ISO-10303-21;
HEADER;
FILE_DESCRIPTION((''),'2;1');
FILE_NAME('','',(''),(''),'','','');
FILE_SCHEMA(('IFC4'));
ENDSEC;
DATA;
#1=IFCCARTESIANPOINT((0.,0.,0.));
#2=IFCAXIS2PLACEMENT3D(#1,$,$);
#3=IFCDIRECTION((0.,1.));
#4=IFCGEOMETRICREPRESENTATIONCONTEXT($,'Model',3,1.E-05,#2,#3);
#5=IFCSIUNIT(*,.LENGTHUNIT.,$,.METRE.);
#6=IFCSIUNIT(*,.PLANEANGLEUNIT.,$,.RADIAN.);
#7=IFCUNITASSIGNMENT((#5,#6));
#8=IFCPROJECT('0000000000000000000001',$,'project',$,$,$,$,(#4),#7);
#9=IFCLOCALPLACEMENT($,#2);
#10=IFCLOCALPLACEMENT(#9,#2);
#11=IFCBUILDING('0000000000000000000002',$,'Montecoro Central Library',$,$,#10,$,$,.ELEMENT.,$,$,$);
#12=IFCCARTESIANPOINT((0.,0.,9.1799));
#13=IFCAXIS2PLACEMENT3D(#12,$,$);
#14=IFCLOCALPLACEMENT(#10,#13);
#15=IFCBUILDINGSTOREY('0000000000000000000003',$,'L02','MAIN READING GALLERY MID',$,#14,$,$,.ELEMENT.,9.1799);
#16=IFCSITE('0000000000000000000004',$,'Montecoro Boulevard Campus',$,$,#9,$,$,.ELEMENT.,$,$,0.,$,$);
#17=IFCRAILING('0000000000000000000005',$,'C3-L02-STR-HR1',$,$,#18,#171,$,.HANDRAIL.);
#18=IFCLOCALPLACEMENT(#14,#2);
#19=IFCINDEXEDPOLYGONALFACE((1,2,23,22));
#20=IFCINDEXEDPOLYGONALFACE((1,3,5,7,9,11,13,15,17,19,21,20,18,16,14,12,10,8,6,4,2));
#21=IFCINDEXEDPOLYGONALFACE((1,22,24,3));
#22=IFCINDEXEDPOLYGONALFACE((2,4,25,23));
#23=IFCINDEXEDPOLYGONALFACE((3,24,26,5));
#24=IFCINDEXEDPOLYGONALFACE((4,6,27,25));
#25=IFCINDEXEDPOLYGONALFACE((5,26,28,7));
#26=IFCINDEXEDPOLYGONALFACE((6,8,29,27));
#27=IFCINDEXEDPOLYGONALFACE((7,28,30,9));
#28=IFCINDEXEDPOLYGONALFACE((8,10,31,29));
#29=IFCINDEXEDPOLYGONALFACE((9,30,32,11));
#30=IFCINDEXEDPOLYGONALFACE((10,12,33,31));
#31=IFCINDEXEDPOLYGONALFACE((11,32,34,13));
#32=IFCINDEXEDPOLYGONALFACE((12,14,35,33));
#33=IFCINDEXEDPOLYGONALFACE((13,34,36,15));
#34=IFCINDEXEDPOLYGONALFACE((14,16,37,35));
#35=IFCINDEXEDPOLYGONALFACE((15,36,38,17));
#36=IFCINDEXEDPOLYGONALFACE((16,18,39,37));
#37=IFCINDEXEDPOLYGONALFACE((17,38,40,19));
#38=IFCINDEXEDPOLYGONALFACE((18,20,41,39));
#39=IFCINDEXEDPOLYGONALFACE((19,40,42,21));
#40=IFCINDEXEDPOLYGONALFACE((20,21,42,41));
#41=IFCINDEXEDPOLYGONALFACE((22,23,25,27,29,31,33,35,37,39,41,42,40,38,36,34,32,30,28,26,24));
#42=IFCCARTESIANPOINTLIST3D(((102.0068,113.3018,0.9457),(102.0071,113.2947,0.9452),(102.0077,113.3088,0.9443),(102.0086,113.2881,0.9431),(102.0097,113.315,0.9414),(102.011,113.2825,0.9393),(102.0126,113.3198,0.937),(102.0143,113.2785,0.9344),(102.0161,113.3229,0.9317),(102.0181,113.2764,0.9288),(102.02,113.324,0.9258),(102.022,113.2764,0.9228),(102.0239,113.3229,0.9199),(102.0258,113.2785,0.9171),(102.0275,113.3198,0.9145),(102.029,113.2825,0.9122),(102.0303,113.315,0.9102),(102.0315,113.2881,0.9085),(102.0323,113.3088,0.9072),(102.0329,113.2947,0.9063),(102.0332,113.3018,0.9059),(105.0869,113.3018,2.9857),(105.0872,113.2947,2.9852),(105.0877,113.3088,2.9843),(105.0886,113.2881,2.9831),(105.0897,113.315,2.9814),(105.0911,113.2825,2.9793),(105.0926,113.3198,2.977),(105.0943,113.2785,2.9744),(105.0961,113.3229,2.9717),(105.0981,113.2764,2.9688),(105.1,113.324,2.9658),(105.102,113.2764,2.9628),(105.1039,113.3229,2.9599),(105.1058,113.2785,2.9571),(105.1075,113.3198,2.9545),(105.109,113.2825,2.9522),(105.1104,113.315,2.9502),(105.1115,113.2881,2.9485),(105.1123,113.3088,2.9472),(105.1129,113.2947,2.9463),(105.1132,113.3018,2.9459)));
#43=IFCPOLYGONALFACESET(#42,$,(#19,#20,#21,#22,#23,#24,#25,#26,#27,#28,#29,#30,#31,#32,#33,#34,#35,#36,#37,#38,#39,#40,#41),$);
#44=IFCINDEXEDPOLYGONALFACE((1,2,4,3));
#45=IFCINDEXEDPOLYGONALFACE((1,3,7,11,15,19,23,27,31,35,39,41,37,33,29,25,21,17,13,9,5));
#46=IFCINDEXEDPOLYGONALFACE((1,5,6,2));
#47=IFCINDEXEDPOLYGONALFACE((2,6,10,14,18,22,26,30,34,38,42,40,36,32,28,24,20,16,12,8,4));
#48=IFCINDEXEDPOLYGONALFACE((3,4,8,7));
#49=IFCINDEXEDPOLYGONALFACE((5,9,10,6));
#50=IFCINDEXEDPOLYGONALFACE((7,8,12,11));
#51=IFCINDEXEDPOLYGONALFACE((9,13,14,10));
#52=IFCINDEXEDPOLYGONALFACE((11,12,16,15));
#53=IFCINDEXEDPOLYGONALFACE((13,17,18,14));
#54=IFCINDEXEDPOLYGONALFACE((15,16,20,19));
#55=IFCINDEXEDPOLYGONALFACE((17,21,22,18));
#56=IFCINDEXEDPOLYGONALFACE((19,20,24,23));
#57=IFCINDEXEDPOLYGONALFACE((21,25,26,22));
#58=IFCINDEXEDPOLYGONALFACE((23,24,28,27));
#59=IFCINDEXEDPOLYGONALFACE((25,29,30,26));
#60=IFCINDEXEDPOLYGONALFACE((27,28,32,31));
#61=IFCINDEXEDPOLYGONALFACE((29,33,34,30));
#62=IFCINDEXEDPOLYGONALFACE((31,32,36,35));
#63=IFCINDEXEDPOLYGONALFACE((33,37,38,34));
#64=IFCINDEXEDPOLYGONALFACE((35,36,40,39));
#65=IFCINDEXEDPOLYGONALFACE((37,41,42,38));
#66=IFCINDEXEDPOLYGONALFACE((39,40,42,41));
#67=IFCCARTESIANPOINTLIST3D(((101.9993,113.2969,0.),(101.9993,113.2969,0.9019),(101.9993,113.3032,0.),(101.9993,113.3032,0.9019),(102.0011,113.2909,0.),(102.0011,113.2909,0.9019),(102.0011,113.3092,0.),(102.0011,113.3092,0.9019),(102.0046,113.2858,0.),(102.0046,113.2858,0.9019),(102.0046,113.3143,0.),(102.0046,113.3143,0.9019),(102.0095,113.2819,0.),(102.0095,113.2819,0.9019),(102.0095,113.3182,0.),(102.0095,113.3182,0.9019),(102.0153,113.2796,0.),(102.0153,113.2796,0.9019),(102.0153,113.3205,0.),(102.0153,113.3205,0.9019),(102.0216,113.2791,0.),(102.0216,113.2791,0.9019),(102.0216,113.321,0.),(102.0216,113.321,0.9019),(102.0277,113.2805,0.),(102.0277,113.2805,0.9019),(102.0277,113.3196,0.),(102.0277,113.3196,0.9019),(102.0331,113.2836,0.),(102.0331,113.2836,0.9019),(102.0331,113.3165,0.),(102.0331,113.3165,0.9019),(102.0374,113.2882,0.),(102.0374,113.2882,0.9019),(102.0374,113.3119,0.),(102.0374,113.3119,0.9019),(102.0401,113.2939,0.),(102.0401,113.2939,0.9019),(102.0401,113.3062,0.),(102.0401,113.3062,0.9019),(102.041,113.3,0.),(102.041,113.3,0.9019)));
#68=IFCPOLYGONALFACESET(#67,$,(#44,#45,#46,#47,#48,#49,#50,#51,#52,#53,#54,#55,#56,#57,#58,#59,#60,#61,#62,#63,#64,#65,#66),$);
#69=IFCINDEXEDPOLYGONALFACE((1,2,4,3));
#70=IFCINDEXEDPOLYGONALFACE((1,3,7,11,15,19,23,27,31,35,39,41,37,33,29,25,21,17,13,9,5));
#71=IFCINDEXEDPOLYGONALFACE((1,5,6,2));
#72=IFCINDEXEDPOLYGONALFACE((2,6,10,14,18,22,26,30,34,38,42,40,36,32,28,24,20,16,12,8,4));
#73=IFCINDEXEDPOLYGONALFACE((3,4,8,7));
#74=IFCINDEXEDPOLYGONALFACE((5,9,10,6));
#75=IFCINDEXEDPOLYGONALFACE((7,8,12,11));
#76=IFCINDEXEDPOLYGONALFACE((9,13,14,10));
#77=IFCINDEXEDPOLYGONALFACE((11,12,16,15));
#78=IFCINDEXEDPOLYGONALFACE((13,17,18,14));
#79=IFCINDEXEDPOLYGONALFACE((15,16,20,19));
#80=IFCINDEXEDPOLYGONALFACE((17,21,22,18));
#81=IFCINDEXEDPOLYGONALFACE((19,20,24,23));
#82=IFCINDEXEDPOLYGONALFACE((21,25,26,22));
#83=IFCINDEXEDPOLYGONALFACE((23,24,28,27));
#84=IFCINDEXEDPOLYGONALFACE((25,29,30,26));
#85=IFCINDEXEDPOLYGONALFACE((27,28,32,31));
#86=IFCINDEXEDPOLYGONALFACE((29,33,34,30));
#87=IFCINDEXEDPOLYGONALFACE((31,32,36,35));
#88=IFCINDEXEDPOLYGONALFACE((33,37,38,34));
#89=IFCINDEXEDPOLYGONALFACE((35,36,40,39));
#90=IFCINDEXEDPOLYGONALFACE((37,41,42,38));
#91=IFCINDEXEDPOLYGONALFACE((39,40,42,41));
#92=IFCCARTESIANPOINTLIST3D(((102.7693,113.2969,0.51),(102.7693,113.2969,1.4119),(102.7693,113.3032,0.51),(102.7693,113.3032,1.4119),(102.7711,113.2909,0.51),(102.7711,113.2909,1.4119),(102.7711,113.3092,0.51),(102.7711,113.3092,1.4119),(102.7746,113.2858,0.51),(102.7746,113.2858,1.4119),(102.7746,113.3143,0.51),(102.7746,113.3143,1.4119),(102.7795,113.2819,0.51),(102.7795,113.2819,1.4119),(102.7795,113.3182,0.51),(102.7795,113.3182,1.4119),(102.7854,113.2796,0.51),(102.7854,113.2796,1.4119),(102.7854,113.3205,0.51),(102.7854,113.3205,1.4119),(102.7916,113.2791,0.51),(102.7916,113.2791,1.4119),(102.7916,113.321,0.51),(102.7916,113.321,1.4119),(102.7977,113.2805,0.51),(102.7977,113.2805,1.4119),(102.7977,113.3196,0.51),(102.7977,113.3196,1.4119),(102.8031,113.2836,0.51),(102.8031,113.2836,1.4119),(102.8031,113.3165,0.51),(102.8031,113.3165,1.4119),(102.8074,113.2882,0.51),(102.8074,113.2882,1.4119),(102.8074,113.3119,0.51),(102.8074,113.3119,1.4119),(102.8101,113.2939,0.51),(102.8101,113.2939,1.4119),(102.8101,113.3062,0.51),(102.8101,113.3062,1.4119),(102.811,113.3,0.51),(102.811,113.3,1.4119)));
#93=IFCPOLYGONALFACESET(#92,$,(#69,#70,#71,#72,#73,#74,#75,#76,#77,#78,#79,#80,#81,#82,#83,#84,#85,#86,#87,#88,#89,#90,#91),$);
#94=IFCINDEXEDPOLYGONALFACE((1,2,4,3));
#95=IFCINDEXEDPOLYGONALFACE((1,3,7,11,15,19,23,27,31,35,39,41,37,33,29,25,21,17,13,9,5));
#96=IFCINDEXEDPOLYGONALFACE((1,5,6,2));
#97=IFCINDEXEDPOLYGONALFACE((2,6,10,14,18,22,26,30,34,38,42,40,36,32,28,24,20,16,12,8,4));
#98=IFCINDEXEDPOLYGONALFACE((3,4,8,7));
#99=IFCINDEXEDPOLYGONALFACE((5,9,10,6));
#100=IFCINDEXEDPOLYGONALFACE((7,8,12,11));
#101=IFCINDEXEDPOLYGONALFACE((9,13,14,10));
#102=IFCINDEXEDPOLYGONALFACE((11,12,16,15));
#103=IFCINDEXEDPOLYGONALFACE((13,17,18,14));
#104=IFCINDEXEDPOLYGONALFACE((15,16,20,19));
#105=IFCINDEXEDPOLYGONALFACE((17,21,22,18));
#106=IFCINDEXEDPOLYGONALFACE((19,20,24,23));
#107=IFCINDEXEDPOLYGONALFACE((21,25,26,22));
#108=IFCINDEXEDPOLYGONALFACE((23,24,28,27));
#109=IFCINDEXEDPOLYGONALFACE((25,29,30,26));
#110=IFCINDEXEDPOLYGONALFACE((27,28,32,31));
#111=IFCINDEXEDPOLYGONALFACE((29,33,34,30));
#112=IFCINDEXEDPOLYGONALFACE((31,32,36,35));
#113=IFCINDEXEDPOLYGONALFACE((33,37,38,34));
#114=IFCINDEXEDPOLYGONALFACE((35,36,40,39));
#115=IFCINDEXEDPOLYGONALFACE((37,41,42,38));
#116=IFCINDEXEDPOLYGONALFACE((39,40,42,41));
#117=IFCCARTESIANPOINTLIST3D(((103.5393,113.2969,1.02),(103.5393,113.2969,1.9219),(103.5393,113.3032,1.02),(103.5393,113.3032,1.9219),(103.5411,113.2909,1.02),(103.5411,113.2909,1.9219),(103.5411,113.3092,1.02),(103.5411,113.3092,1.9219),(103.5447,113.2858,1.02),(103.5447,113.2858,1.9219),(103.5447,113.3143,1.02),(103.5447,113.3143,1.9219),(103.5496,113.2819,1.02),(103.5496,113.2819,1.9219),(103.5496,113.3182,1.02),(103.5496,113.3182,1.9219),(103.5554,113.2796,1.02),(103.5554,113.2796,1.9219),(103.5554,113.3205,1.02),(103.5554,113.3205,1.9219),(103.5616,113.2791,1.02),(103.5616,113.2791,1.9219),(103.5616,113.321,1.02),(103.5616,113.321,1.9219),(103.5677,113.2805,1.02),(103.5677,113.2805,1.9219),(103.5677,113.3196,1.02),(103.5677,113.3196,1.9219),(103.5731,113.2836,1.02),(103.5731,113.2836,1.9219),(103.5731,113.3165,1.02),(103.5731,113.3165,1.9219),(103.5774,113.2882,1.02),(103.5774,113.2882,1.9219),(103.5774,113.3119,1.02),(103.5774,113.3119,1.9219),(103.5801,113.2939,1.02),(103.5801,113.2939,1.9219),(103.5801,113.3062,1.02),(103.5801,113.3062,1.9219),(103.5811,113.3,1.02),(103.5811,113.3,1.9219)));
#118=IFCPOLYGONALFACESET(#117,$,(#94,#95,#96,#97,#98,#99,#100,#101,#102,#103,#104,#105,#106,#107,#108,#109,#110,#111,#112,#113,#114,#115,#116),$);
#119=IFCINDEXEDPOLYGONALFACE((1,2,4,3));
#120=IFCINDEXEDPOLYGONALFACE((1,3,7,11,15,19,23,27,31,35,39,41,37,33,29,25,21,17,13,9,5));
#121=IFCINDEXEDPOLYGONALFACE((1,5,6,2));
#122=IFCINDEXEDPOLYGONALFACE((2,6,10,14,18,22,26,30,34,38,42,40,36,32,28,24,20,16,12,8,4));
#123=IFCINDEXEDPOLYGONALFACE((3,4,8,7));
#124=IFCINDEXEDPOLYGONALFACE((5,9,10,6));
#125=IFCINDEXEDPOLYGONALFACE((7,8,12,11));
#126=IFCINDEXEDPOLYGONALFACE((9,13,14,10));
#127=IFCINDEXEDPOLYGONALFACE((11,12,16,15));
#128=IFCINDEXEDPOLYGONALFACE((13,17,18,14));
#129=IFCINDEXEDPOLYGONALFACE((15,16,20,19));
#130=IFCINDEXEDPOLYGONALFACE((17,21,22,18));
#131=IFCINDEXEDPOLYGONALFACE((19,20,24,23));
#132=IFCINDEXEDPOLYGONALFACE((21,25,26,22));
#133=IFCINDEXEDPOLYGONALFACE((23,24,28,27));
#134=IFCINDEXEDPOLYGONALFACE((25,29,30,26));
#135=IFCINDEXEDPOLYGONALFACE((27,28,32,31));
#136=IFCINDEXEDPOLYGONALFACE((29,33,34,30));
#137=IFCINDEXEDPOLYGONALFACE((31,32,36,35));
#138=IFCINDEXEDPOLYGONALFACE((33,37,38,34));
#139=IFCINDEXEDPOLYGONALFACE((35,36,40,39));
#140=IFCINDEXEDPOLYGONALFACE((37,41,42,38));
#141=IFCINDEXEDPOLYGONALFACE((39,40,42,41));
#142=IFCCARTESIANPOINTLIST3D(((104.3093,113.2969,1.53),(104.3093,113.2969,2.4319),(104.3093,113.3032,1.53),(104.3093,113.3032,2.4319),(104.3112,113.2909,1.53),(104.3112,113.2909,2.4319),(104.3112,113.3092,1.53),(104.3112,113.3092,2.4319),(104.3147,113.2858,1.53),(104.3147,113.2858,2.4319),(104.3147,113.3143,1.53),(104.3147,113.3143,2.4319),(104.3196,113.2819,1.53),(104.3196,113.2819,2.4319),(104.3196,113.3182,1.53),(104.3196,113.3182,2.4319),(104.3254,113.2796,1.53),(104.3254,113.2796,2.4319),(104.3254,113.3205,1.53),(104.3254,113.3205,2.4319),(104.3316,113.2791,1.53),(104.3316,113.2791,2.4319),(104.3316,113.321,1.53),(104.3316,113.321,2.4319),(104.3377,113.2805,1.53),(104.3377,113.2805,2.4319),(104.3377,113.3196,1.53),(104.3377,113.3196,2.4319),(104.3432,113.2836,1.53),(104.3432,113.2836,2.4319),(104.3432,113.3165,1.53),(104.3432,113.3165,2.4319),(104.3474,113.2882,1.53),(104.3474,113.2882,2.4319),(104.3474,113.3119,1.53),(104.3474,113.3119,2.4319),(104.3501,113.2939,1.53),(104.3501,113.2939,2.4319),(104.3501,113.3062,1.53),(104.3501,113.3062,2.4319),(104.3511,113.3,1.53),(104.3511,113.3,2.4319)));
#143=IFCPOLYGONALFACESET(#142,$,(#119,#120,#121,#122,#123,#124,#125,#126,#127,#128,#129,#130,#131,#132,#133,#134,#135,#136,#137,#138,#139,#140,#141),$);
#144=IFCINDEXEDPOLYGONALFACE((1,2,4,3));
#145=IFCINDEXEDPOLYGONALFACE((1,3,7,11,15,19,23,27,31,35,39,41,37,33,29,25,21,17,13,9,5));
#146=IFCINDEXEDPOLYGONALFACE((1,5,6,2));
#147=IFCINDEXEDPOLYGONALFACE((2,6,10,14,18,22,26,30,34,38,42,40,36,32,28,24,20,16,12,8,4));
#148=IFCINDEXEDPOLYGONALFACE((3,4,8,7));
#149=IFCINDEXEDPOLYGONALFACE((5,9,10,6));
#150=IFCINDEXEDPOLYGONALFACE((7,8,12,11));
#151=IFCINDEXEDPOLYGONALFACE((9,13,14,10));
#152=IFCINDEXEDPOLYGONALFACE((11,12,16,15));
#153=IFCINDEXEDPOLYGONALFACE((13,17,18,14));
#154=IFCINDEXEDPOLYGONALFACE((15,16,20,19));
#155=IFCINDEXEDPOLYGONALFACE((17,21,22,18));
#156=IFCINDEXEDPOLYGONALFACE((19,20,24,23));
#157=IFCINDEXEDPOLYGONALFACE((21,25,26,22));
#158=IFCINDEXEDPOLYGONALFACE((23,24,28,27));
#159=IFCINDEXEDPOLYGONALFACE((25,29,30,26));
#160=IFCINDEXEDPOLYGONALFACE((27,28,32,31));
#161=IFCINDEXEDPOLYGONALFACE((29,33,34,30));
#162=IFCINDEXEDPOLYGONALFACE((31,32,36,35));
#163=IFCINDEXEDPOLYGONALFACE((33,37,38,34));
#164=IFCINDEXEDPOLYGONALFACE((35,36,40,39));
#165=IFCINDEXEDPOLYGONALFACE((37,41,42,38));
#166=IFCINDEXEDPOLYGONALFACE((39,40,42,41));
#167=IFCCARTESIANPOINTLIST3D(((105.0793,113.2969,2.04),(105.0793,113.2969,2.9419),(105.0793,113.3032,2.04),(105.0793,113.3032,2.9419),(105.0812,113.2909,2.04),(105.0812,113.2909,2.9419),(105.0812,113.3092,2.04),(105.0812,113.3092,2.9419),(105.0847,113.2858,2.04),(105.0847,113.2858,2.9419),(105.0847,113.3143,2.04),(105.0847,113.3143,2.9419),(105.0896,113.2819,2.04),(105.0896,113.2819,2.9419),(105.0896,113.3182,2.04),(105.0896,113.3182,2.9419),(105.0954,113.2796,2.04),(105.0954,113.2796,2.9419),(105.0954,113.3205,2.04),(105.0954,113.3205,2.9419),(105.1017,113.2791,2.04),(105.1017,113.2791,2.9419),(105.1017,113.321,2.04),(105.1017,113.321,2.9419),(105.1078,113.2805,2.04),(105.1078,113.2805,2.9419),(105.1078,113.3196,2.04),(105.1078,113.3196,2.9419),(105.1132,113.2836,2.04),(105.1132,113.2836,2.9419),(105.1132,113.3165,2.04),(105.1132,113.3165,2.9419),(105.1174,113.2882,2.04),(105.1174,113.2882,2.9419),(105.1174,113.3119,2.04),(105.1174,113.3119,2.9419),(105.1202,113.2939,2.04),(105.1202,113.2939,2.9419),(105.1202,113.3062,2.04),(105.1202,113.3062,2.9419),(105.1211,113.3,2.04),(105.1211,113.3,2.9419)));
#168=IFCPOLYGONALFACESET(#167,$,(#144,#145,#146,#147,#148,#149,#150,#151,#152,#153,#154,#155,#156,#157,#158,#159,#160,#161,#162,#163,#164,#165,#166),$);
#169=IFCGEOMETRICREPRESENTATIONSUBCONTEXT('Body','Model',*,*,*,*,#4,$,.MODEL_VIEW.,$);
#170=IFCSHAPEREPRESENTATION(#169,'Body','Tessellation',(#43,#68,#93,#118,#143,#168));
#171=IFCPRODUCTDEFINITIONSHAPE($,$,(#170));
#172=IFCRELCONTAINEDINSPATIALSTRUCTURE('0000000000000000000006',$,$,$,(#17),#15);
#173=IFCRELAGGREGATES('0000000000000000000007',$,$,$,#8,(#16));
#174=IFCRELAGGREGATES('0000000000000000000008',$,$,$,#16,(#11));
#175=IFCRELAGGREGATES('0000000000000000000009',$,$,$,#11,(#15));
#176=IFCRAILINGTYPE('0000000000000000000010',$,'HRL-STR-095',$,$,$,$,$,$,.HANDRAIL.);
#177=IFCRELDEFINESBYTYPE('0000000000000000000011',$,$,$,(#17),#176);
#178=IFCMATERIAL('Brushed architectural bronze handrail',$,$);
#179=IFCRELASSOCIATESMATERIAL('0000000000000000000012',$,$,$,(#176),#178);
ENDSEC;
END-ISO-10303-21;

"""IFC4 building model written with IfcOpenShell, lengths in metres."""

from ifc_helpers import new_model, si_unit, direction, frame, origin, origin_2d, place, context, subcontext, project, spatial, circle, extrude, material, type_object, element, save


model = new_model("IFC4")

# Units and contexts
model_context = context("Model", 3, precision=1e-05, world=origin(), true_north=direction((0.0, 1.0)))
body_context = subcontext(model_context, "Body", "Model", "MODEL_VIEW")
ifc_project = project(units=[si_unit("LENGTHUNIT", "METRE"), si_unit("PLANEANGLEUNIT", "RADIAN")], contexts=[model_context])

# Site, building, storey
site_placement = place(None, origin())
site = spatial("IfcSite", under=ifc_project, at=site_placement, Name="Montecoro Boulevard Campus", CompositionType="ELEMENT", RefElevation=0.0)
building_placement = place(site_placement, origin())
building = spatial("IfcBuilding", under=site, at=building_placement, Name="Montecoro Central Library", CompositionType="ELEMENT")
storey_placement = place(building_placement, frame((0.0, 0.0, 9.1799)))
storey = spatial("IfcBuildingStorey", under=building, at=storey_placement, Name="L02", Description="MAIN READING GALLERY MID", CompositionType="ELEMENT", Elevation=9.1799)

# Railing
ifc_material_1 = material(Name="Brushed architectural bronze handrail")
railing_type_1 = type_object("IfcRailingType", Name="HRL-STR-095", PredefinedType="HANDRAIL", material=ifc_material_1)
railing_1_placement = place(storey_placement, frame((102.02, 113.3, 0.0)))
element("IfcRailing", 1, at=railing_1_placement, inside=storey, type_object=railing_type_1, Name="C3-L02-STR-HR1", PredefinedType="HANDRAIL", context=body_context, shape_type="SweptSolid", body=[
    extrude(circle(Radius=0.0239, at=origin_2d()), frame((0.0, 0.0, 0.9258), z_axis=(0.833714, 0.0, 0.552197), x_axis=(0.0, 1.0, 0.0)), (0.0, 0.0, 1.0), 3.6943),
    extrude(circle(Radius=0.021, at=origin_2d()), origin(), (0.0, 0.0, 1.0), 0.9019),
    extrude(circle(Radius=0.021, at=origin_2d()), frame((0.77, 0.0, 0.51)), (0.0, 0.0, 1.0), 0.9019),
    extrude(circle(Radius=0.021, at=origin_2d()), frame((1.54, 0.0, 1.02)), (0.0, 0.0, 1.0), 0.9019),
    extrude(circle(Radius=0.021, at=origin_2d()), frame((2.3101, 0.0, 1.53)), (0.0, 0.0, 1.0), 0.9019),
    extrude(circle(Radius=0.021, at=origin_2d()), frame((3.0801, 0.0, 2.04)), (0.0, 0.0, 1.0), 0.9019),
])

save(model, "model.ifc")
